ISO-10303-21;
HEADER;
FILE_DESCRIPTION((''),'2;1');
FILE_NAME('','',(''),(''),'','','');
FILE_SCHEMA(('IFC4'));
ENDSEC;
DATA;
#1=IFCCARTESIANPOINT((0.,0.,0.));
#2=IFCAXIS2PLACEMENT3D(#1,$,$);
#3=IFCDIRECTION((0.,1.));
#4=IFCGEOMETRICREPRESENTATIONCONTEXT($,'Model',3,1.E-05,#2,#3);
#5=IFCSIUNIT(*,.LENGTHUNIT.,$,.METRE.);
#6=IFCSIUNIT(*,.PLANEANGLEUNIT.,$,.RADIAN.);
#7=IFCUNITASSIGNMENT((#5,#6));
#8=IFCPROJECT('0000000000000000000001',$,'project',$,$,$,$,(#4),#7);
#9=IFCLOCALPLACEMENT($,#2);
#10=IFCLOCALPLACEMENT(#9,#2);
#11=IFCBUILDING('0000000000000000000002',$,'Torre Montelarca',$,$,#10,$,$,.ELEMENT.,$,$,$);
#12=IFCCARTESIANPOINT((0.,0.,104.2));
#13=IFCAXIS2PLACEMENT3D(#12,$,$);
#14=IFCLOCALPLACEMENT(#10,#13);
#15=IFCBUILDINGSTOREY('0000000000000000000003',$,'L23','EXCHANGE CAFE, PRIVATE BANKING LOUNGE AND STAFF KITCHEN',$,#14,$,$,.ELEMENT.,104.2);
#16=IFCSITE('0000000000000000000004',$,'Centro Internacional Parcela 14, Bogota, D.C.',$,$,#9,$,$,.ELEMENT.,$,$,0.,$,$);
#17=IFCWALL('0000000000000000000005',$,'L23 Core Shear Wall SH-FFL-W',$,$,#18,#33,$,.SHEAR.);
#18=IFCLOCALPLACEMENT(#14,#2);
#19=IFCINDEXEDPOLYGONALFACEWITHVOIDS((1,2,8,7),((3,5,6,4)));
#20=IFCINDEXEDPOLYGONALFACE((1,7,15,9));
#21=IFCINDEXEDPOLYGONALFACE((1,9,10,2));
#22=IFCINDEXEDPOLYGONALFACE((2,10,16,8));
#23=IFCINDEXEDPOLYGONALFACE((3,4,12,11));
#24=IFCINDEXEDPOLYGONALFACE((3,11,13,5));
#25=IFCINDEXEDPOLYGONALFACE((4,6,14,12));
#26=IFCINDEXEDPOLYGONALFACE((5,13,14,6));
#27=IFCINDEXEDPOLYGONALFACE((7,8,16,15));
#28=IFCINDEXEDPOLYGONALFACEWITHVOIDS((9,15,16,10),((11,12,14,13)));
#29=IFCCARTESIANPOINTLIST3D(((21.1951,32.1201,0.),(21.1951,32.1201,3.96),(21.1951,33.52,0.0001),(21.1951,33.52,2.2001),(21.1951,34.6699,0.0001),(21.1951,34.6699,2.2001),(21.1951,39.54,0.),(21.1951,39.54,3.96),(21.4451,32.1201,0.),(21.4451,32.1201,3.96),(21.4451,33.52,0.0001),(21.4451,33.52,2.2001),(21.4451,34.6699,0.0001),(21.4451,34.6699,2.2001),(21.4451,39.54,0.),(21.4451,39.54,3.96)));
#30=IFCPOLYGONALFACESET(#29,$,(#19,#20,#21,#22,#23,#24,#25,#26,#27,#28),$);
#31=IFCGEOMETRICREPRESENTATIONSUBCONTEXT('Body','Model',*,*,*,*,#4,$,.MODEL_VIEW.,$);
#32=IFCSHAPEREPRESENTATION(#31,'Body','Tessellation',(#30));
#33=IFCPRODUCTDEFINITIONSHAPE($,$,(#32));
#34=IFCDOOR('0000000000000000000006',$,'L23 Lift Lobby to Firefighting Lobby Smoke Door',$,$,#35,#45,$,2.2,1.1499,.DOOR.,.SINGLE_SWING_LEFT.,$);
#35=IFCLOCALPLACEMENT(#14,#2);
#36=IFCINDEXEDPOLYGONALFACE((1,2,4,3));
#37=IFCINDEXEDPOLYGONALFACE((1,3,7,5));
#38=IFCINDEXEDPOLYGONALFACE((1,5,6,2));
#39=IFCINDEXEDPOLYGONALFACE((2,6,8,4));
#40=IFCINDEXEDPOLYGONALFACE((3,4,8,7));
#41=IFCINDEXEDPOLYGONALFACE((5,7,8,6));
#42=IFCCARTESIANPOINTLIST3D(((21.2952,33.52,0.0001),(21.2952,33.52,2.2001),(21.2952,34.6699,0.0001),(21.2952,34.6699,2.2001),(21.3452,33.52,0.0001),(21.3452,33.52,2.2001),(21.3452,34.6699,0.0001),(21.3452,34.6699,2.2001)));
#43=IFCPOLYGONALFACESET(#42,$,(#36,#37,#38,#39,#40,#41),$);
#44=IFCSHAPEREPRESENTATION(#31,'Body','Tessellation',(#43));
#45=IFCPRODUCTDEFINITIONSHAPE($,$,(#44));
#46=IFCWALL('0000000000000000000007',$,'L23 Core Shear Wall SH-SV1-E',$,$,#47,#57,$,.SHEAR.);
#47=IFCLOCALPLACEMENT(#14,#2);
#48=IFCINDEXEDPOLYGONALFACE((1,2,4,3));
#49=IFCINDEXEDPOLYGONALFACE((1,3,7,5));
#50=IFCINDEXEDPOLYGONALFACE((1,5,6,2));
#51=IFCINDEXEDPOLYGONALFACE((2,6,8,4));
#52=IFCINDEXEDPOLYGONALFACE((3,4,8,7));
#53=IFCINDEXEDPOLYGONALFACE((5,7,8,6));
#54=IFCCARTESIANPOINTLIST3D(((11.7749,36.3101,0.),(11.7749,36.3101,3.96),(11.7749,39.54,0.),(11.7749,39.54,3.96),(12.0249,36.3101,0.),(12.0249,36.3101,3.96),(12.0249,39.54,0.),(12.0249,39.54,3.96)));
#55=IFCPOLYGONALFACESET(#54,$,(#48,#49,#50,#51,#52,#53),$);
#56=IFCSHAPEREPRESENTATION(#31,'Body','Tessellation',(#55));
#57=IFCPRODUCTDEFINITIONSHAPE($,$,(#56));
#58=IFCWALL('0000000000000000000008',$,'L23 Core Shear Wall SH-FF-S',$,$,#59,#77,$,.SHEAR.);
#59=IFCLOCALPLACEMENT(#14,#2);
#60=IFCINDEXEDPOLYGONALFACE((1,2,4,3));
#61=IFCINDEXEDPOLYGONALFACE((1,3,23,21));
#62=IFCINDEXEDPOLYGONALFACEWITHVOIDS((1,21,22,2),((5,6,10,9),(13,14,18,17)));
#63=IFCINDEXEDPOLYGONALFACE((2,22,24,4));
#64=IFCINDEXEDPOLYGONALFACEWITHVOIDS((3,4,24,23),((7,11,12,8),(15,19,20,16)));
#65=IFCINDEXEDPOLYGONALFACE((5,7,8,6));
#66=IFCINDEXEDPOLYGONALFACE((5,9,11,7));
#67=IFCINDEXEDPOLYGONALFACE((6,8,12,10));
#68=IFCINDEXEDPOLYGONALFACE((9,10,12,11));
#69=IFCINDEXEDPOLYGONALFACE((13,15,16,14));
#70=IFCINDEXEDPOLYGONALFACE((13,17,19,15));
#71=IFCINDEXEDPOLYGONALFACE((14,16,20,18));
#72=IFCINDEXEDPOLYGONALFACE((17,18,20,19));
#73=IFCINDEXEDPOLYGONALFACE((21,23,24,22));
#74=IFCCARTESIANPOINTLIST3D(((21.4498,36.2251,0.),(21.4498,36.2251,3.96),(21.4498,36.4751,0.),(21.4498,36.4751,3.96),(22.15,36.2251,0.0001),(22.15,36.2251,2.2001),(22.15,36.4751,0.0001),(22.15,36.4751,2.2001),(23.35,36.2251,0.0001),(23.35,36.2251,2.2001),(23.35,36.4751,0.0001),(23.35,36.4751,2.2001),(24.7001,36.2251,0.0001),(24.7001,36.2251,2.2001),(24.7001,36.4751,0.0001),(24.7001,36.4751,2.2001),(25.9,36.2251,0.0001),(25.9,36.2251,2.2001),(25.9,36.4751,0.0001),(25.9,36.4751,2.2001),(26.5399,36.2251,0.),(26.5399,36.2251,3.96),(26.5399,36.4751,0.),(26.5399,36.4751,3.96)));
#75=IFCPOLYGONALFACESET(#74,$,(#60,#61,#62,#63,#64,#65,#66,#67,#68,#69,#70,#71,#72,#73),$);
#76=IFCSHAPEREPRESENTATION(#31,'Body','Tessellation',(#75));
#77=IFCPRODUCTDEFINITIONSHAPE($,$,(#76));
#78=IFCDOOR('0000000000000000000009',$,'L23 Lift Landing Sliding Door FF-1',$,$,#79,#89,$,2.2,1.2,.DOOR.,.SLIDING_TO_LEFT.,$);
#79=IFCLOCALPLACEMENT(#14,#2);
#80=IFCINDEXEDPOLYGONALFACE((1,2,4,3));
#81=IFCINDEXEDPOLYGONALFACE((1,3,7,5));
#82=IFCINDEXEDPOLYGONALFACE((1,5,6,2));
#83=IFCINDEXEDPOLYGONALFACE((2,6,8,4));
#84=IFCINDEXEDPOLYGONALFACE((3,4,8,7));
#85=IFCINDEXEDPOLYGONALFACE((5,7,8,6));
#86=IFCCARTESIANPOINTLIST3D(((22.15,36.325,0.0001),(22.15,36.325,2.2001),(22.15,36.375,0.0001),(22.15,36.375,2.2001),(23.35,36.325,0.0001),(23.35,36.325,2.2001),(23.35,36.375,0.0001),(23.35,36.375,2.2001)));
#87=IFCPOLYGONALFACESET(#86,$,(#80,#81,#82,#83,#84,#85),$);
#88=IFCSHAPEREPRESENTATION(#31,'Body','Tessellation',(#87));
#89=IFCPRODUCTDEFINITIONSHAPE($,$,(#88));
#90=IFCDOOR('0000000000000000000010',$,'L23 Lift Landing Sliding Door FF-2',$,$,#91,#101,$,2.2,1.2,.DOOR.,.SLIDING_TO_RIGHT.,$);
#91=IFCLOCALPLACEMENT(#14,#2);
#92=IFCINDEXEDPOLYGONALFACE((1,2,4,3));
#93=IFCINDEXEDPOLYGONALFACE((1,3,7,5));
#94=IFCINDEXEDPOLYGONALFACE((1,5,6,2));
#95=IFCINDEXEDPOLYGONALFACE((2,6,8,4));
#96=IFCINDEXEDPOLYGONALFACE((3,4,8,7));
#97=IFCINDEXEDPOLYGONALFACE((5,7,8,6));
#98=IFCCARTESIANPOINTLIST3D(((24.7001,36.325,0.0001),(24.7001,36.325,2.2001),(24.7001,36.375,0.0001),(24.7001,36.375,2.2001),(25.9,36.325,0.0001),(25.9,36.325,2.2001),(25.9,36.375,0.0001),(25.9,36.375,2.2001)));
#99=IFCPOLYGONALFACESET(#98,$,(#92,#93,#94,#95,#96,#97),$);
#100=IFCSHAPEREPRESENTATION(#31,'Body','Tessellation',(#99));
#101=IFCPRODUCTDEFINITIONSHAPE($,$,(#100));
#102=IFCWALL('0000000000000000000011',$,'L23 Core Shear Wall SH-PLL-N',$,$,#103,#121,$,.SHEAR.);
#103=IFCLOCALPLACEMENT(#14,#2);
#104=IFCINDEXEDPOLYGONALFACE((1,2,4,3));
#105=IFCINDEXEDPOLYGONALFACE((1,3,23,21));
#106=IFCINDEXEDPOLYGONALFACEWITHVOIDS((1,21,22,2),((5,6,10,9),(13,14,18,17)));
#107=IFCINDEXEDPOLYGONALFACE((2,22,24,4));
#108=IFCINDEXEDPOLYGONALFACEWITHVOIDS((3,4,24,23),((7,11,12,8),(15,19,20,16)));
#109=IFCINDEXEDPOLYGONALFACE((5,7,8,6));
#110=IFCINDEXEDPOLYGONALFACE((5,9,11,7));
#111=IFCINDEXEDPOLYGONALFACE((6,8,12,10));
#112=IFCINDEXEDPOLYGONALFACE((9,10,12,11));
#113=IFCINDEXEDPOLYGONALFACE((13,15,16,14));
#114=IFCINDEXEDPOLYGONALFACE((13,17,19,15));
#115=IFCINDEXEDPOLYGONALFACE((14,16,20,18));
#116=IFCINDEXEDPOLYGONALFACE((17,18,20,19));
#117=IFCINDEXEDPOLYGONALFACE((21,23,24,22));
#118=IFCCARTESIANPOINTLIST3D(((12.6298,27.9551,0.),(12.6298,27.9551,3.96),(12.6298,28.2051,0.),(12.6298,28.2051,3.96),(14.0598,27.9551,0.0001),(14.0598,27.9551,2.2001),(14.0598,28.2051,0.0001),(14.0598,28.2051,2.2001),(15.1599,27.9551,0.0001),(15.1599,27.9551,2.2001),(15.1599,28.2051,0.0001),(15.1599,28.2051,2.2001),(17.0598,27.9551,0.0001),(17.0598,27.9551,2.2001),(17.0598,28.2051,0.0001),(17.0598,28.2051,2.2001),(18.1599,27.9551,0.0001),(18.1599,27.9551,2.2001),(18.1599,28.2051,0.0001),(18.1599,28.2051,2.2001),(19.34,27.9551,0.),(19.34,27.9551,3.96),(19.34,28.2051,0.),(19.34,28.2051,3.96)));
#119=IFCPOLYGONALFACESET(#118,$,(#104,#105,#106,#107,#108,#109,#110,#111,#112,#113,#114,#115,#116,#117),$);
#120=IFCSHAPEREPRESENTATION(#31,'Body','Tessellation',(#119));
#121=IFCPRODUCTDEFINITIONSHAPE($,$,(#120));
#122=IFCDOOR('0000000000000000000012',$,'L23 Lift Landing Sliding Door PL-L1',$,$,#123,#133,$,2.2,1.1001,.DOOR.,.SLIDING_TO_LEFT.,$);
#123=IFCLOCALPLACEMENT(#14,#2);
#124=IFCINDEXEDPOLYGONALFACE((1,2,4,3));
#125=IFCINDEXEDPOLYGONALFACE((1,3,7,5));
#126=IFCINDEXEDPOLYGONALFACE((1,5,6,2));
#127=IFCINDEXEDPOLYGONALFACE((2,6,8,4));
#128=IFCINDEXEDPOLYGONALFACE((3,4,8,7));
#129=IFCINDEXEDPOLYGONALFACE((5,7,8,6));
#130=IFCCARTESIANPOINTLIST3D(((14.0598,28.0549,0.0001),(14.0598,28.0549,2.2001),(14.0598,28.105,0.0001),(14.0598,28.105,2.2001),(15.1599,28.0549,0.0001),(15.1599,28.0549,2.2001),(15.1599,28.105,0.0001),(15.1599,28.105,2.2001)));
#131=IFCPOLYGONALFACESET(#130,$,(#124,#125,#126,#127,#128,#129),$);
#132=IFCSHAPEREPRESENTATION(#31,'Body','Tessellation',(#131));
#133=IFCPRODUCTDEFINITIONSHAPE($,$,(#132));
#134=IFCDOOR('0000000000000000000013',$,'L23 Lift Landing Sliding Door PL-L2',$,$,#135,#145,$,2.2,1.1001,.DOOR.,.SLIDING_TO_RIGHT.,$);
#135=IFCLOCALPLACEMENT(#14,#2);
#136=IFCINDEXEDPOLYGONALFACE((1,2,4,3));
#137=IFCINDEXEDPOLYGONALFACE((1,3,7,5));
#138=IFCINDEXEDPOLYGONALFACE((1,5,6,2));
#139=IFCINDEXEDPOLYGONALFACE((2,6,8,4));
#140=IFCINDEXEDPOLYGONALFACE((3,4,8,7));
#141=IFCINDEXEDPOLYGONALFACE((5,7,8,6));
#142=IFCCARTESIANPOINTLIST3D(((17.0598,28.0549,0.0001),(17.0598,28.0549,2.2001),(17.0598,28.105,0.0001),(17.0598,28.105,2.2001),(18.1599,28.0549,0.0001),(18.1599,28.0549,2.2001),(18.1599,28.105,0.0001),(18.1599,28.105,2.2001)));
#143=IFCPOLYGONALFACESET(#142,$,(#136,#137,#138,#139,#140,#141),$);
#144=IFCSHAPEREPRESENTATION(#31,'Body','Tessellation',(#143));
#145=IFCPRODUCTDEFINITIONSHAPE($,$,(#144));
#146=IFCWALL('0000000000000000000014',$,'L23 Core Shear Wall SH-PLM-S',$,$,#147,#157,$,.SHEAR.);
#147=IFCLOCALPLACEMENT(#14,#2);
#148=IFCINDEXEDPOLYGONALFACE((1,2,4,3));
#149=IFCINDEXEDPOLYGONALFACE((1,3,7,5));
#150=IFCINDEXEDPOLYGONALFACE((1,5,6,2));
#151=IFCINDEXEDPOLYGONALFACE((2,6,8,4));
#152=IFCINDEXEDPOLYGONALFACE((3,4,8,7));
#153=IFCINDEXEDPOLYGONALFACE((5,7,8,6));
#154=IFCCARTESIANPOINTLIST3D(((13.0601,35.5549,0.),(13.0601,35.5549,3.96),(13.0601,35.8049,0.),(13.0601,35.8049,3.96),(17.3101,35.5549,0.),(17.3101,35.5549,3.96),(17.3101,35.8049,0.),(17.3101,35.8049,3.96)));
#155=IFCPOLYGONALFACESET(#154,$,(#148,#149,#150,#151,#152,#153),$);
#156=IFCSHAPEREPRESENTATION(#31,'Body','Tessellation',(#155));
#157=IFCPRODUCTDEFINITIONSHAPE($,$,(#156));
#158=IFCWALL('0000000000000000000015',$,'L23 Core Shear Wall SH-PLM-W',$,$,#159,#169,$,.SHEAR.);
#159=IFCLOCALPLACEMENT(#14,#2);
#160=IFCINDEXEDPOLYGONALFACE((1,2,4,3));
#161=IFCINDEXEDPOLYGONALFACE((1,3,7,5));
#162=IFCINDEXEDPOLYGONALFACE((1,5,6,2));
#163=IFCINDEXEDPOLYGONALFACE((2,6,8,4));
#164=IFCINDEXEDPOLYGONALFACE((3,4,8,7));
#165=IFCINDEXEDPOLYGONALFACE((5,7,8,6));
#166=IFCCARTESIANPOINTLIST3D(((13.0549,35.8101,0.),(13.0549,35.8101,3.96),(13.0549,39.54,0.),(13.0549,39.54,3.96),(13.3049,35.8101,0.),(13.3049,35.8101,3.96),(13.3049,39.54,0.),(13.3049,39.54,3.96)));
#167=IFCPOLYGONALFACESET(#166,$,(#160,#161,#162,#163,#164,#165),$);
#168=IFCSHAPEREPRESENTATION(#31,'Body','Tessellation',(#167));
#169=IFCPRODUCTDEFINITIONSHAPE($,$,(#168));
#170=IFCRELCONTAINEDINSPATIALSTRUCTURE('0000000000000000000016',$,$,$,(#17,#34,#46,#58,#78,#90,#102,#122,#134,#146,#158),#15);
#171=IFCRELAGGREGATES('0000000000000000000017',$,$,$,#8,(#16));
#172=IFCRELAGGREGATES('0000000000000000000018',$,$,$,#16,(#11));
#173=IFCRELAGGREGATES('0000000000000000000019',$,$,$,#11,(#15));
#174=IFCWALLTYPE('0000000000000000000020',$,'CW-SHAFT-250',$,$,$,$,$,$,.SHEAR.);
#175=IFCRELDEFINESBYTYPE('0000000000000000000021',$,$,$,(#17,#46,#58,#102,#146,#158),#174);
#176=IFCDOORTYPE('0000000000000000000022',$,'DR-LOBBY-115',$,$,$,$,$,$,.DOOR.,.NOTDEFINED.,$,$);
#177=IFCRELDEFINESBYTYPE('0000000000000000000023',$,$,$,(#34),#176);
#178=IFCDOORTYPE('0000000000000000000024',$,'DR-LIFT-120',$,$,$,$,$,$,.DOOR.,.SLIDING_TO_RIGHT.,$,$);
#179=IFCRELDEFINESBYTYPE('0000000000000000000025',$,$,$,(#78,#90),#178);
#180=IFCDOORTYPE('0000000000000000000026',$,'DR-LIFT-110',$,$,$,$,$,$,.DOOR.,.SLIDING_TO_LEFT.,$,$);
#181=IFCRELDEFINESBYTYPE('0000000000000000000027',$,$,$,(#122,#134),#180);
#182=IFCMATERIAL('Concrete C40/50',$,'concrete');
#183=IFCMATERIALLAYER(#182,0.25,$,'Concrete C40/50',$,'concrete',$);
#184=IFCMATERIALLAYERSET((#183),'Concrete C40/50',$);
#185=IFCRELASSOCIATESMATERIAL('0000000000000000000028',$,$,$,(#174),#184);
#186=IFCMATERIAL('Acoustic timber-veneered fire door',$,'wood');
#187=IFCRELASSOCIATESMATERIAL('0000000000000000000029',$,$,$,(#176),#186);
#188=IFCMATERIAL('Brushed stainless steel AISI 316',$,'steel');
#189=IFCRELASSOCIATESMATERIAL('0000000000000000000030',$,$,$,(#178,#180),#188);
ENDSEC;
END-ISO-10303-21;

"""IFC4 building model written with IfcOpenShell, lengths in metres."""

from ifc_helpers import new_model, si_unit, direction, frame, frame_2d, origin, place, context, subcontext, project, spatial, rectangle, extrude, source, transform, mapped, material, layer, layer_set, type_object, element, fill, save


model = new_model("IFC4")

# Units and contexts
model_context = context("Model", 3, precision=1e-05, world=origin(), true_north=direction((0.0, 1.0)))
body_context = subcontext(model_context, "Body", "Model", "MODEL_VIEW")
ifc_project = project(units=[si_unit("LENGTHUNIT", "METRE"), si_unit("PLANEANGLEUNIT", "RADIAN")], contexts=[model_context])

# Site, building, storey
site_placement = place(None, origin())
site = spatial("IfcSite", under=ifc_project, at=site_placement, Name="Centro Internacional Parcela 14, Bogota, D.C.", CompositionType="ELEMENT", RefElevation=0.0)
building_placement = place(site_placement, origin())
building = spatial("IfcBuilding", under=site, at=building_placement, Name="Torre Montelarca", CompositionType="ELEMENT")
storey_placement = place(building_placement, frame((0.0, 0.0, 104.2)))
storey = spatial("IfcBuildingStorey", under=building, at=storey_placement, Name="L23", Description="EXCHANGE CAFE, PRIVATE BANKING LOUNGE AND STAFF KITCHEN", CompositionType="ELEMENT", Elevation=104.2)

# Wall, opening, door
ifc_material_1 = material(Name="Concrete C40/50", Category="concrete")
ifc_layer_1 = layer(ifc_material_1, 0.25, Name="Concrete C40/50", Category="concrete")
ifc_layer_set_1 = layer_set([ifc_layer_1], Name="Concrete C40/50")
wall_type_1 = type_object("IfcWallType", Name="CW-SHAFT-250", PredefinedType="SHEAR", material=ifc_layer_set_1)
wall_1_placement = place(storey_placement, frame((21.3201, 32.1201, 0.0), z_axis=(0.0, 0.0, 1.0), x_axis=(0.0, 1.0, 0.0)))
wall_1 = element("IfcWall", 1, at=wall_1_placement, inside=storey, type_object=wall_type_1, Name="L23 Core Shear Wall SH-FFL-W", PredefinedType="SHEAR", context=body_context, shape_type="SweptSolid", body=[
    extrude(rectangle(XDim=7.4199, YDim=0.25, at=frame_2d((3.71, 0.0))), origin(), (0.0, 0.0, 1.0), 3.96),
])
opening_1_placement = place(wall_1_placement, frame((1.3999, 0.0, 0.0)))
opening_1 = element("IfcOpeningElement", 2, at=opening_1_placement, cuts=wall_1, PredefinedType="OPENING", context=body_context, shape_type="SweptSolid", body=[
    extrude(rectangle(XDim=1.1499, YDim=2.2, at=frame_2d((0.575, 1.1001))), frame((0.0, 0.135, 0.0), z_axis=(0.0, -1.0, 0.0), x_axis=(1.0, 0.0, 0.0)), (0.0, 0.0, 1.0), 0.27),
])
ifc_material_2 = material(Name="Acoustic timber-veneered fire door", Category="wood")
door_type_1 = type_object("IfcDoorType", Name="DR-LOBBY-115", OperationType="NOTDEFINED", PredefinedType="DOOR", material=ifc_material_2)
shared_shape_1 = source(origin(), body_context, "Body", "SweptSolid", [
    extrude(rectangle(XDim=1.1499, YDim=2.2, at=frame_2d((0.575, 1.1001))), frame((0.0, 0.0249, 0.0), z_axis=(0.0, -1.0, 0.0), x_axis=(1.0, 0.0, 0.0)), (0.0, 0.0, 1.0), 0.05),
])
door_1_placement = place(opening_1_placement, origin())
door_1 = element("IfcDoor", 3, at=door_1_placement, inside=storey, type_object=door_type_1, Name="L23 Lift Lobby to Firefighting Lobby Smoke Door", OperationType="SINGLE_SWING_LEFT", OverallHeight=2.2, OverallWidth=1.1499, PredefinedType="DOOR", context=body_context, shape_type="MappedRepresentation", body=[
    mapped(shared_shape_1, transform((0.0, 0.0, 0.0), scale=1.0)),
])
fill(opening_1, door_1)

# Wall
wall_2_placement = place(storey_placement, frame((11.8999, 36.3101, 0.0), z_axis=(0.0, 0.0, 1.0), x_axis=(0.0, 1.0, 0.0)))
element("IfcWall", 4, at=wall_2_placement, inside=storey, type_object=wall_type_1, Name="L23 Core Shear Wall SH-SV1-E", PredefinedType="SHEAR", context=body_context, shape_type="SweptSolid", body=[
    extrude(rectangle(XDim=3.23, YDim=0.25, at=frame_2d((1.615, 0.0))), origin(), (0.0, 0.0, 1.0), 3.96),
])

# Walls, openings, doors
wall_3_placement = place(storey_placement, frame((21.45, 36.3501, 0.0), z_axis=(0.0, 0.0, 1.0), x_axis=(1.0, 0.0, 0.0)))
wall_3 = element("IfcWall", 5, at=wall_3_placement, inside=storey, type_object=wall_type_1, Name="L23 Core Shear Wall SH-FF-S", PredefinedType="SHEAR", context=body_context, shape_type="SweptSolid", body=[
    extrude(rectangle(XDim=5.0901, YDim=0.25, at=frame_2d((2.5449, 0.0))), origin(), (0.0, 0.0, 1.0), 3.96),
])
opening_2_placement = place(wall_3_placement, frame((0.7, 0.0, 0.0)))
opening_2 = element("IfcOpeningElement", 6, at=opening_2_placement, cuts=wall_3, PredefinedType="OPENING", context=body_context, shape_type="SweptSolid", body=[
    extrude(rectangle(XDim=1.2, YDim=2.2, at=frame_2d((0.6001, 1.1001))), frame((0.0, 0.135, 0.0), z_axis=(0.0, -1.0, 0.0), x_axis=(1.0, 0.0, 0.0)), (0.0, 0.0, 1.0), 0.27),
])
opening_3_placement = place(wall_3_placement, frame((3.25, 0.0, 0.0)))
opening_3 = element("IfcOpeningElement", 7, at=opening_3_placement, cuts=wall_3, PredefinedType="OPENING", context=body_context, shape_type="SweptSolid", body=[
    extrude(rectangle(XDim=1.2, YDim=2.2, at=frame_2d((0.6001, 1.1001))), frame((0.0, 0.135, 0.0), z_axis=(0.0, -1.0, 0.0), x_axis=(1.0, 0.0, 0.0)), (0.0, 0.0, 1.0), 0.27),
])
ifc_material_3 = material(Name="Brushed stainless steel AISI 316", Category="steel")
door_type_2 = type_object("IfcDoorType", Name="DR-LIFT-120", OperationType="SLIDING_TO_RIGHT", PredefinedType="DOOR", material=ifc_material_3)
shared_shape_2 = source(origin(), body_context, "Body", "SweptSolid", [
    extrude(rectangle(XDim=1.2, YDim=2.2, at=frame_2d((0.6001, 1.1001))), frame((0.0, 0.0249, 0.0), z_axis=(0.0, -1.0, 0.0), x_axis=(1.0, 0.0, 0.0)), (0.0, 0.0, 1.0), 0.05),
])
door_2_placement = place(opening_2_placement, origin())
door_2 = element("IfcDoor", 8, at=door_2_placement, inside=storey, type_object=door_type_2, Name="L23 Lift Landing Sliding Door FF-1", OperationType="SLIDING_TO_LEFT", OverallHeight=2.2, OverallWidth=1.2, PredefinedType="DOOR", context=body_context, shape_type="MappedRepresentation", body=[
    mapped(shared_shape_2, transform((0.0, 0.0, 0.0), scale=1.0)),
])
fill(opening_2, door_2)
door_3_placement = place(opening_3_placement, origin())
door_3 = element("IfcDoor", 9, at=door_3_placement, inside=storey, type_object=door_type_2, Name="L23 Lift Landing Sliding Door FF-2", OperationType="SLIDING_TO_RIGHT", OverallHeight=2.2, OverallWidth=1.2, PredefinedType="DOOR", context=body_context, shape_type="MappedRepresentation", body=[
    mapped(shared_shape_2, transform((0.0, 0.0, 0.0), scale=1.0)),
])
fill(opening_3, door_3)
wall_4_placement = place(storey_placement, frame((12.6299, 28.0801, 0.0), z_axis=(0.0, 0.0, 1.0), x_axis=(1.0, 0.0, 0.0)))
wall_4 = element("IfcWall", 10, at=wall_4_placement, inside=storey, type_object=wall_type_1, Name="L23 Core Shear Wall SH-PLL-N", PredefinedType="SHEAR", context=body_context, shape_type="SweptSolid", body=[
    extrude(rectangle(XDim=6.7102, YDim=0.25, at=frame_2d((3.355, 0.0))), origin(), (0.0, 0.0, 1.0), 3.96),
])
opening_4_placement = place(wall_4_placement, frame((1.4299, 0.0, 0.0)))
opening_4 = element("IfcOpeningElement", 11, at=opening_4_placement, cuts=wall_4, PredefinedType="OPENING", context=body_context, shape_type="SweptSolid", body=[
    extrude(rectangle(XDim=1.1001, YDim=2.2, at=frame_2d((0.55, 1.1001))), frame((0.0, 0.135, 0.0), z_axis=(0.0, -1.0, 0.0), x_axis=(1.0, 0.0, 0.0)), (0.0, 0.0, 1.0), 0.27),
])
opening_5_placement = place(wall_4_placement, frame((4.4299, 0.0, 0.0)))
opening_5 = element("IfcOpeningElement", 12, at=opening_5_placement, cuts=wall_4, PredefinedType="OPENING", context=body_context, shape_type="SweptSolid", body=[
    extrude(rectangle(XDim=1.1001, YDim=2.2, at=frame_2d((0.55, 1.1001))), frame((0.0, 0.135, 0.0), z_axis=(0.0, -1.0, 0.0), x_axis=(1.0, 0.0, 0.0)), (0.0, 0.0, 1.0), 0.27),
])
door_type_3 = type_object("IfcDoorType", Name="DR-LIFT-110", OperationType="SLIDING_TO_LEFT", PredefinedType="DOOR", material=ifc_material_3)
shared_shape_3 = source(origin(), body_context, "Body", "SweptSolid", [
    extrude(rectangle(XDim=1.1001, YDim=2.2, at=frame_2d((0.55, 1.1001))), frame((0.0, 0.0249, 0.0), z_axis=(0.0, -1.0, 0.0), x_axis=(1.0, 0.0, 0.0)), (0.0, 0.0, 1.0), 0.05),
])
door_4_placement = place(opening_4_placement, origin())
door_4 = element("IfcDoor", 13, at=door_4_placement, inside=storey, type_object=door_type_3, Name="L23 Lift Landing Sliding Door PL-L1", OperationType="SLIDING_TO_LEFT", OverallHeight=2.2, OverallWidth=1.1001, PredefinedType="DOOR", context=body_context, shape_type="MappedRepresentation", body=[
    mapped(shared_shape_3, transform((0.0, 0.0, 0.0), scale=1.0)),
])
fill(opening_4, door_4)
door_5_placement = place(opening_5_placement, origin())
door_5 = element("IfcDoor", 14, at=door_5_placement, inside=storey, type_object=door_type_3, Name="L23 Lift Landing Sliding Door PL-L2", OperationType="SLIDING_TO_RIGHT", OverallHeight=2.2, OverallWidth=1.1001, PredefinedType="DOOR", context=body_context, shape_type="MappedRepresentation", body=[
    mapped(shared_shape_3, transform((0.0, 0.0, 0.0), scale=1.0)),
])
fill(opening_5, door_5)

# Walls
wall_5_placement = place(storey_placement, frame((13.0601, 35.6799, 0.0), z_axis=(0.0, 0.0, 1.0), x_axis=(1.0, 0.0, 0.0)))
element("IfcWall", 15, at=wall_5_placement, inside=storey, type_object=wall_type_1, Name="L23 Core Shear Wall SH-PLM-S", PredefinedType="SHEAR", context=body_context, shape_type="SweptSolid", body=[
    extrude(rectangle(XDim=4.25, YDim=0.25, at=frame_2d((2.125, 0.0))), origin(), (0.0, 0.0, 1.0), 3.96),
])
for number, where, z_axis, x_axis, name in (
    (16, (13.1799, 35.8101, 0.0), (0.0, 0.0, 1.0), (0.0, 1.0, 0.0), "L23 Core Shear Wall SH-PLM-W"),
):
    element("IfcWall", number, at=place(storey_placement, frame(where, z_axis=z_axis, x_axis=x_axis)), inside=storey, type_object=wall_type_1, Name=name, PredefinedType="SHEAR", context=body_context, shape_type="SweptSolid", body=[
        extrude(rectangle(XDim=3.73, YDim=0.25, at=frame_2d((1.865, 0.0))), origin(), (0.0, 0.0, 1.0), 3.96),
    ])

save(model, "model.ifc")
